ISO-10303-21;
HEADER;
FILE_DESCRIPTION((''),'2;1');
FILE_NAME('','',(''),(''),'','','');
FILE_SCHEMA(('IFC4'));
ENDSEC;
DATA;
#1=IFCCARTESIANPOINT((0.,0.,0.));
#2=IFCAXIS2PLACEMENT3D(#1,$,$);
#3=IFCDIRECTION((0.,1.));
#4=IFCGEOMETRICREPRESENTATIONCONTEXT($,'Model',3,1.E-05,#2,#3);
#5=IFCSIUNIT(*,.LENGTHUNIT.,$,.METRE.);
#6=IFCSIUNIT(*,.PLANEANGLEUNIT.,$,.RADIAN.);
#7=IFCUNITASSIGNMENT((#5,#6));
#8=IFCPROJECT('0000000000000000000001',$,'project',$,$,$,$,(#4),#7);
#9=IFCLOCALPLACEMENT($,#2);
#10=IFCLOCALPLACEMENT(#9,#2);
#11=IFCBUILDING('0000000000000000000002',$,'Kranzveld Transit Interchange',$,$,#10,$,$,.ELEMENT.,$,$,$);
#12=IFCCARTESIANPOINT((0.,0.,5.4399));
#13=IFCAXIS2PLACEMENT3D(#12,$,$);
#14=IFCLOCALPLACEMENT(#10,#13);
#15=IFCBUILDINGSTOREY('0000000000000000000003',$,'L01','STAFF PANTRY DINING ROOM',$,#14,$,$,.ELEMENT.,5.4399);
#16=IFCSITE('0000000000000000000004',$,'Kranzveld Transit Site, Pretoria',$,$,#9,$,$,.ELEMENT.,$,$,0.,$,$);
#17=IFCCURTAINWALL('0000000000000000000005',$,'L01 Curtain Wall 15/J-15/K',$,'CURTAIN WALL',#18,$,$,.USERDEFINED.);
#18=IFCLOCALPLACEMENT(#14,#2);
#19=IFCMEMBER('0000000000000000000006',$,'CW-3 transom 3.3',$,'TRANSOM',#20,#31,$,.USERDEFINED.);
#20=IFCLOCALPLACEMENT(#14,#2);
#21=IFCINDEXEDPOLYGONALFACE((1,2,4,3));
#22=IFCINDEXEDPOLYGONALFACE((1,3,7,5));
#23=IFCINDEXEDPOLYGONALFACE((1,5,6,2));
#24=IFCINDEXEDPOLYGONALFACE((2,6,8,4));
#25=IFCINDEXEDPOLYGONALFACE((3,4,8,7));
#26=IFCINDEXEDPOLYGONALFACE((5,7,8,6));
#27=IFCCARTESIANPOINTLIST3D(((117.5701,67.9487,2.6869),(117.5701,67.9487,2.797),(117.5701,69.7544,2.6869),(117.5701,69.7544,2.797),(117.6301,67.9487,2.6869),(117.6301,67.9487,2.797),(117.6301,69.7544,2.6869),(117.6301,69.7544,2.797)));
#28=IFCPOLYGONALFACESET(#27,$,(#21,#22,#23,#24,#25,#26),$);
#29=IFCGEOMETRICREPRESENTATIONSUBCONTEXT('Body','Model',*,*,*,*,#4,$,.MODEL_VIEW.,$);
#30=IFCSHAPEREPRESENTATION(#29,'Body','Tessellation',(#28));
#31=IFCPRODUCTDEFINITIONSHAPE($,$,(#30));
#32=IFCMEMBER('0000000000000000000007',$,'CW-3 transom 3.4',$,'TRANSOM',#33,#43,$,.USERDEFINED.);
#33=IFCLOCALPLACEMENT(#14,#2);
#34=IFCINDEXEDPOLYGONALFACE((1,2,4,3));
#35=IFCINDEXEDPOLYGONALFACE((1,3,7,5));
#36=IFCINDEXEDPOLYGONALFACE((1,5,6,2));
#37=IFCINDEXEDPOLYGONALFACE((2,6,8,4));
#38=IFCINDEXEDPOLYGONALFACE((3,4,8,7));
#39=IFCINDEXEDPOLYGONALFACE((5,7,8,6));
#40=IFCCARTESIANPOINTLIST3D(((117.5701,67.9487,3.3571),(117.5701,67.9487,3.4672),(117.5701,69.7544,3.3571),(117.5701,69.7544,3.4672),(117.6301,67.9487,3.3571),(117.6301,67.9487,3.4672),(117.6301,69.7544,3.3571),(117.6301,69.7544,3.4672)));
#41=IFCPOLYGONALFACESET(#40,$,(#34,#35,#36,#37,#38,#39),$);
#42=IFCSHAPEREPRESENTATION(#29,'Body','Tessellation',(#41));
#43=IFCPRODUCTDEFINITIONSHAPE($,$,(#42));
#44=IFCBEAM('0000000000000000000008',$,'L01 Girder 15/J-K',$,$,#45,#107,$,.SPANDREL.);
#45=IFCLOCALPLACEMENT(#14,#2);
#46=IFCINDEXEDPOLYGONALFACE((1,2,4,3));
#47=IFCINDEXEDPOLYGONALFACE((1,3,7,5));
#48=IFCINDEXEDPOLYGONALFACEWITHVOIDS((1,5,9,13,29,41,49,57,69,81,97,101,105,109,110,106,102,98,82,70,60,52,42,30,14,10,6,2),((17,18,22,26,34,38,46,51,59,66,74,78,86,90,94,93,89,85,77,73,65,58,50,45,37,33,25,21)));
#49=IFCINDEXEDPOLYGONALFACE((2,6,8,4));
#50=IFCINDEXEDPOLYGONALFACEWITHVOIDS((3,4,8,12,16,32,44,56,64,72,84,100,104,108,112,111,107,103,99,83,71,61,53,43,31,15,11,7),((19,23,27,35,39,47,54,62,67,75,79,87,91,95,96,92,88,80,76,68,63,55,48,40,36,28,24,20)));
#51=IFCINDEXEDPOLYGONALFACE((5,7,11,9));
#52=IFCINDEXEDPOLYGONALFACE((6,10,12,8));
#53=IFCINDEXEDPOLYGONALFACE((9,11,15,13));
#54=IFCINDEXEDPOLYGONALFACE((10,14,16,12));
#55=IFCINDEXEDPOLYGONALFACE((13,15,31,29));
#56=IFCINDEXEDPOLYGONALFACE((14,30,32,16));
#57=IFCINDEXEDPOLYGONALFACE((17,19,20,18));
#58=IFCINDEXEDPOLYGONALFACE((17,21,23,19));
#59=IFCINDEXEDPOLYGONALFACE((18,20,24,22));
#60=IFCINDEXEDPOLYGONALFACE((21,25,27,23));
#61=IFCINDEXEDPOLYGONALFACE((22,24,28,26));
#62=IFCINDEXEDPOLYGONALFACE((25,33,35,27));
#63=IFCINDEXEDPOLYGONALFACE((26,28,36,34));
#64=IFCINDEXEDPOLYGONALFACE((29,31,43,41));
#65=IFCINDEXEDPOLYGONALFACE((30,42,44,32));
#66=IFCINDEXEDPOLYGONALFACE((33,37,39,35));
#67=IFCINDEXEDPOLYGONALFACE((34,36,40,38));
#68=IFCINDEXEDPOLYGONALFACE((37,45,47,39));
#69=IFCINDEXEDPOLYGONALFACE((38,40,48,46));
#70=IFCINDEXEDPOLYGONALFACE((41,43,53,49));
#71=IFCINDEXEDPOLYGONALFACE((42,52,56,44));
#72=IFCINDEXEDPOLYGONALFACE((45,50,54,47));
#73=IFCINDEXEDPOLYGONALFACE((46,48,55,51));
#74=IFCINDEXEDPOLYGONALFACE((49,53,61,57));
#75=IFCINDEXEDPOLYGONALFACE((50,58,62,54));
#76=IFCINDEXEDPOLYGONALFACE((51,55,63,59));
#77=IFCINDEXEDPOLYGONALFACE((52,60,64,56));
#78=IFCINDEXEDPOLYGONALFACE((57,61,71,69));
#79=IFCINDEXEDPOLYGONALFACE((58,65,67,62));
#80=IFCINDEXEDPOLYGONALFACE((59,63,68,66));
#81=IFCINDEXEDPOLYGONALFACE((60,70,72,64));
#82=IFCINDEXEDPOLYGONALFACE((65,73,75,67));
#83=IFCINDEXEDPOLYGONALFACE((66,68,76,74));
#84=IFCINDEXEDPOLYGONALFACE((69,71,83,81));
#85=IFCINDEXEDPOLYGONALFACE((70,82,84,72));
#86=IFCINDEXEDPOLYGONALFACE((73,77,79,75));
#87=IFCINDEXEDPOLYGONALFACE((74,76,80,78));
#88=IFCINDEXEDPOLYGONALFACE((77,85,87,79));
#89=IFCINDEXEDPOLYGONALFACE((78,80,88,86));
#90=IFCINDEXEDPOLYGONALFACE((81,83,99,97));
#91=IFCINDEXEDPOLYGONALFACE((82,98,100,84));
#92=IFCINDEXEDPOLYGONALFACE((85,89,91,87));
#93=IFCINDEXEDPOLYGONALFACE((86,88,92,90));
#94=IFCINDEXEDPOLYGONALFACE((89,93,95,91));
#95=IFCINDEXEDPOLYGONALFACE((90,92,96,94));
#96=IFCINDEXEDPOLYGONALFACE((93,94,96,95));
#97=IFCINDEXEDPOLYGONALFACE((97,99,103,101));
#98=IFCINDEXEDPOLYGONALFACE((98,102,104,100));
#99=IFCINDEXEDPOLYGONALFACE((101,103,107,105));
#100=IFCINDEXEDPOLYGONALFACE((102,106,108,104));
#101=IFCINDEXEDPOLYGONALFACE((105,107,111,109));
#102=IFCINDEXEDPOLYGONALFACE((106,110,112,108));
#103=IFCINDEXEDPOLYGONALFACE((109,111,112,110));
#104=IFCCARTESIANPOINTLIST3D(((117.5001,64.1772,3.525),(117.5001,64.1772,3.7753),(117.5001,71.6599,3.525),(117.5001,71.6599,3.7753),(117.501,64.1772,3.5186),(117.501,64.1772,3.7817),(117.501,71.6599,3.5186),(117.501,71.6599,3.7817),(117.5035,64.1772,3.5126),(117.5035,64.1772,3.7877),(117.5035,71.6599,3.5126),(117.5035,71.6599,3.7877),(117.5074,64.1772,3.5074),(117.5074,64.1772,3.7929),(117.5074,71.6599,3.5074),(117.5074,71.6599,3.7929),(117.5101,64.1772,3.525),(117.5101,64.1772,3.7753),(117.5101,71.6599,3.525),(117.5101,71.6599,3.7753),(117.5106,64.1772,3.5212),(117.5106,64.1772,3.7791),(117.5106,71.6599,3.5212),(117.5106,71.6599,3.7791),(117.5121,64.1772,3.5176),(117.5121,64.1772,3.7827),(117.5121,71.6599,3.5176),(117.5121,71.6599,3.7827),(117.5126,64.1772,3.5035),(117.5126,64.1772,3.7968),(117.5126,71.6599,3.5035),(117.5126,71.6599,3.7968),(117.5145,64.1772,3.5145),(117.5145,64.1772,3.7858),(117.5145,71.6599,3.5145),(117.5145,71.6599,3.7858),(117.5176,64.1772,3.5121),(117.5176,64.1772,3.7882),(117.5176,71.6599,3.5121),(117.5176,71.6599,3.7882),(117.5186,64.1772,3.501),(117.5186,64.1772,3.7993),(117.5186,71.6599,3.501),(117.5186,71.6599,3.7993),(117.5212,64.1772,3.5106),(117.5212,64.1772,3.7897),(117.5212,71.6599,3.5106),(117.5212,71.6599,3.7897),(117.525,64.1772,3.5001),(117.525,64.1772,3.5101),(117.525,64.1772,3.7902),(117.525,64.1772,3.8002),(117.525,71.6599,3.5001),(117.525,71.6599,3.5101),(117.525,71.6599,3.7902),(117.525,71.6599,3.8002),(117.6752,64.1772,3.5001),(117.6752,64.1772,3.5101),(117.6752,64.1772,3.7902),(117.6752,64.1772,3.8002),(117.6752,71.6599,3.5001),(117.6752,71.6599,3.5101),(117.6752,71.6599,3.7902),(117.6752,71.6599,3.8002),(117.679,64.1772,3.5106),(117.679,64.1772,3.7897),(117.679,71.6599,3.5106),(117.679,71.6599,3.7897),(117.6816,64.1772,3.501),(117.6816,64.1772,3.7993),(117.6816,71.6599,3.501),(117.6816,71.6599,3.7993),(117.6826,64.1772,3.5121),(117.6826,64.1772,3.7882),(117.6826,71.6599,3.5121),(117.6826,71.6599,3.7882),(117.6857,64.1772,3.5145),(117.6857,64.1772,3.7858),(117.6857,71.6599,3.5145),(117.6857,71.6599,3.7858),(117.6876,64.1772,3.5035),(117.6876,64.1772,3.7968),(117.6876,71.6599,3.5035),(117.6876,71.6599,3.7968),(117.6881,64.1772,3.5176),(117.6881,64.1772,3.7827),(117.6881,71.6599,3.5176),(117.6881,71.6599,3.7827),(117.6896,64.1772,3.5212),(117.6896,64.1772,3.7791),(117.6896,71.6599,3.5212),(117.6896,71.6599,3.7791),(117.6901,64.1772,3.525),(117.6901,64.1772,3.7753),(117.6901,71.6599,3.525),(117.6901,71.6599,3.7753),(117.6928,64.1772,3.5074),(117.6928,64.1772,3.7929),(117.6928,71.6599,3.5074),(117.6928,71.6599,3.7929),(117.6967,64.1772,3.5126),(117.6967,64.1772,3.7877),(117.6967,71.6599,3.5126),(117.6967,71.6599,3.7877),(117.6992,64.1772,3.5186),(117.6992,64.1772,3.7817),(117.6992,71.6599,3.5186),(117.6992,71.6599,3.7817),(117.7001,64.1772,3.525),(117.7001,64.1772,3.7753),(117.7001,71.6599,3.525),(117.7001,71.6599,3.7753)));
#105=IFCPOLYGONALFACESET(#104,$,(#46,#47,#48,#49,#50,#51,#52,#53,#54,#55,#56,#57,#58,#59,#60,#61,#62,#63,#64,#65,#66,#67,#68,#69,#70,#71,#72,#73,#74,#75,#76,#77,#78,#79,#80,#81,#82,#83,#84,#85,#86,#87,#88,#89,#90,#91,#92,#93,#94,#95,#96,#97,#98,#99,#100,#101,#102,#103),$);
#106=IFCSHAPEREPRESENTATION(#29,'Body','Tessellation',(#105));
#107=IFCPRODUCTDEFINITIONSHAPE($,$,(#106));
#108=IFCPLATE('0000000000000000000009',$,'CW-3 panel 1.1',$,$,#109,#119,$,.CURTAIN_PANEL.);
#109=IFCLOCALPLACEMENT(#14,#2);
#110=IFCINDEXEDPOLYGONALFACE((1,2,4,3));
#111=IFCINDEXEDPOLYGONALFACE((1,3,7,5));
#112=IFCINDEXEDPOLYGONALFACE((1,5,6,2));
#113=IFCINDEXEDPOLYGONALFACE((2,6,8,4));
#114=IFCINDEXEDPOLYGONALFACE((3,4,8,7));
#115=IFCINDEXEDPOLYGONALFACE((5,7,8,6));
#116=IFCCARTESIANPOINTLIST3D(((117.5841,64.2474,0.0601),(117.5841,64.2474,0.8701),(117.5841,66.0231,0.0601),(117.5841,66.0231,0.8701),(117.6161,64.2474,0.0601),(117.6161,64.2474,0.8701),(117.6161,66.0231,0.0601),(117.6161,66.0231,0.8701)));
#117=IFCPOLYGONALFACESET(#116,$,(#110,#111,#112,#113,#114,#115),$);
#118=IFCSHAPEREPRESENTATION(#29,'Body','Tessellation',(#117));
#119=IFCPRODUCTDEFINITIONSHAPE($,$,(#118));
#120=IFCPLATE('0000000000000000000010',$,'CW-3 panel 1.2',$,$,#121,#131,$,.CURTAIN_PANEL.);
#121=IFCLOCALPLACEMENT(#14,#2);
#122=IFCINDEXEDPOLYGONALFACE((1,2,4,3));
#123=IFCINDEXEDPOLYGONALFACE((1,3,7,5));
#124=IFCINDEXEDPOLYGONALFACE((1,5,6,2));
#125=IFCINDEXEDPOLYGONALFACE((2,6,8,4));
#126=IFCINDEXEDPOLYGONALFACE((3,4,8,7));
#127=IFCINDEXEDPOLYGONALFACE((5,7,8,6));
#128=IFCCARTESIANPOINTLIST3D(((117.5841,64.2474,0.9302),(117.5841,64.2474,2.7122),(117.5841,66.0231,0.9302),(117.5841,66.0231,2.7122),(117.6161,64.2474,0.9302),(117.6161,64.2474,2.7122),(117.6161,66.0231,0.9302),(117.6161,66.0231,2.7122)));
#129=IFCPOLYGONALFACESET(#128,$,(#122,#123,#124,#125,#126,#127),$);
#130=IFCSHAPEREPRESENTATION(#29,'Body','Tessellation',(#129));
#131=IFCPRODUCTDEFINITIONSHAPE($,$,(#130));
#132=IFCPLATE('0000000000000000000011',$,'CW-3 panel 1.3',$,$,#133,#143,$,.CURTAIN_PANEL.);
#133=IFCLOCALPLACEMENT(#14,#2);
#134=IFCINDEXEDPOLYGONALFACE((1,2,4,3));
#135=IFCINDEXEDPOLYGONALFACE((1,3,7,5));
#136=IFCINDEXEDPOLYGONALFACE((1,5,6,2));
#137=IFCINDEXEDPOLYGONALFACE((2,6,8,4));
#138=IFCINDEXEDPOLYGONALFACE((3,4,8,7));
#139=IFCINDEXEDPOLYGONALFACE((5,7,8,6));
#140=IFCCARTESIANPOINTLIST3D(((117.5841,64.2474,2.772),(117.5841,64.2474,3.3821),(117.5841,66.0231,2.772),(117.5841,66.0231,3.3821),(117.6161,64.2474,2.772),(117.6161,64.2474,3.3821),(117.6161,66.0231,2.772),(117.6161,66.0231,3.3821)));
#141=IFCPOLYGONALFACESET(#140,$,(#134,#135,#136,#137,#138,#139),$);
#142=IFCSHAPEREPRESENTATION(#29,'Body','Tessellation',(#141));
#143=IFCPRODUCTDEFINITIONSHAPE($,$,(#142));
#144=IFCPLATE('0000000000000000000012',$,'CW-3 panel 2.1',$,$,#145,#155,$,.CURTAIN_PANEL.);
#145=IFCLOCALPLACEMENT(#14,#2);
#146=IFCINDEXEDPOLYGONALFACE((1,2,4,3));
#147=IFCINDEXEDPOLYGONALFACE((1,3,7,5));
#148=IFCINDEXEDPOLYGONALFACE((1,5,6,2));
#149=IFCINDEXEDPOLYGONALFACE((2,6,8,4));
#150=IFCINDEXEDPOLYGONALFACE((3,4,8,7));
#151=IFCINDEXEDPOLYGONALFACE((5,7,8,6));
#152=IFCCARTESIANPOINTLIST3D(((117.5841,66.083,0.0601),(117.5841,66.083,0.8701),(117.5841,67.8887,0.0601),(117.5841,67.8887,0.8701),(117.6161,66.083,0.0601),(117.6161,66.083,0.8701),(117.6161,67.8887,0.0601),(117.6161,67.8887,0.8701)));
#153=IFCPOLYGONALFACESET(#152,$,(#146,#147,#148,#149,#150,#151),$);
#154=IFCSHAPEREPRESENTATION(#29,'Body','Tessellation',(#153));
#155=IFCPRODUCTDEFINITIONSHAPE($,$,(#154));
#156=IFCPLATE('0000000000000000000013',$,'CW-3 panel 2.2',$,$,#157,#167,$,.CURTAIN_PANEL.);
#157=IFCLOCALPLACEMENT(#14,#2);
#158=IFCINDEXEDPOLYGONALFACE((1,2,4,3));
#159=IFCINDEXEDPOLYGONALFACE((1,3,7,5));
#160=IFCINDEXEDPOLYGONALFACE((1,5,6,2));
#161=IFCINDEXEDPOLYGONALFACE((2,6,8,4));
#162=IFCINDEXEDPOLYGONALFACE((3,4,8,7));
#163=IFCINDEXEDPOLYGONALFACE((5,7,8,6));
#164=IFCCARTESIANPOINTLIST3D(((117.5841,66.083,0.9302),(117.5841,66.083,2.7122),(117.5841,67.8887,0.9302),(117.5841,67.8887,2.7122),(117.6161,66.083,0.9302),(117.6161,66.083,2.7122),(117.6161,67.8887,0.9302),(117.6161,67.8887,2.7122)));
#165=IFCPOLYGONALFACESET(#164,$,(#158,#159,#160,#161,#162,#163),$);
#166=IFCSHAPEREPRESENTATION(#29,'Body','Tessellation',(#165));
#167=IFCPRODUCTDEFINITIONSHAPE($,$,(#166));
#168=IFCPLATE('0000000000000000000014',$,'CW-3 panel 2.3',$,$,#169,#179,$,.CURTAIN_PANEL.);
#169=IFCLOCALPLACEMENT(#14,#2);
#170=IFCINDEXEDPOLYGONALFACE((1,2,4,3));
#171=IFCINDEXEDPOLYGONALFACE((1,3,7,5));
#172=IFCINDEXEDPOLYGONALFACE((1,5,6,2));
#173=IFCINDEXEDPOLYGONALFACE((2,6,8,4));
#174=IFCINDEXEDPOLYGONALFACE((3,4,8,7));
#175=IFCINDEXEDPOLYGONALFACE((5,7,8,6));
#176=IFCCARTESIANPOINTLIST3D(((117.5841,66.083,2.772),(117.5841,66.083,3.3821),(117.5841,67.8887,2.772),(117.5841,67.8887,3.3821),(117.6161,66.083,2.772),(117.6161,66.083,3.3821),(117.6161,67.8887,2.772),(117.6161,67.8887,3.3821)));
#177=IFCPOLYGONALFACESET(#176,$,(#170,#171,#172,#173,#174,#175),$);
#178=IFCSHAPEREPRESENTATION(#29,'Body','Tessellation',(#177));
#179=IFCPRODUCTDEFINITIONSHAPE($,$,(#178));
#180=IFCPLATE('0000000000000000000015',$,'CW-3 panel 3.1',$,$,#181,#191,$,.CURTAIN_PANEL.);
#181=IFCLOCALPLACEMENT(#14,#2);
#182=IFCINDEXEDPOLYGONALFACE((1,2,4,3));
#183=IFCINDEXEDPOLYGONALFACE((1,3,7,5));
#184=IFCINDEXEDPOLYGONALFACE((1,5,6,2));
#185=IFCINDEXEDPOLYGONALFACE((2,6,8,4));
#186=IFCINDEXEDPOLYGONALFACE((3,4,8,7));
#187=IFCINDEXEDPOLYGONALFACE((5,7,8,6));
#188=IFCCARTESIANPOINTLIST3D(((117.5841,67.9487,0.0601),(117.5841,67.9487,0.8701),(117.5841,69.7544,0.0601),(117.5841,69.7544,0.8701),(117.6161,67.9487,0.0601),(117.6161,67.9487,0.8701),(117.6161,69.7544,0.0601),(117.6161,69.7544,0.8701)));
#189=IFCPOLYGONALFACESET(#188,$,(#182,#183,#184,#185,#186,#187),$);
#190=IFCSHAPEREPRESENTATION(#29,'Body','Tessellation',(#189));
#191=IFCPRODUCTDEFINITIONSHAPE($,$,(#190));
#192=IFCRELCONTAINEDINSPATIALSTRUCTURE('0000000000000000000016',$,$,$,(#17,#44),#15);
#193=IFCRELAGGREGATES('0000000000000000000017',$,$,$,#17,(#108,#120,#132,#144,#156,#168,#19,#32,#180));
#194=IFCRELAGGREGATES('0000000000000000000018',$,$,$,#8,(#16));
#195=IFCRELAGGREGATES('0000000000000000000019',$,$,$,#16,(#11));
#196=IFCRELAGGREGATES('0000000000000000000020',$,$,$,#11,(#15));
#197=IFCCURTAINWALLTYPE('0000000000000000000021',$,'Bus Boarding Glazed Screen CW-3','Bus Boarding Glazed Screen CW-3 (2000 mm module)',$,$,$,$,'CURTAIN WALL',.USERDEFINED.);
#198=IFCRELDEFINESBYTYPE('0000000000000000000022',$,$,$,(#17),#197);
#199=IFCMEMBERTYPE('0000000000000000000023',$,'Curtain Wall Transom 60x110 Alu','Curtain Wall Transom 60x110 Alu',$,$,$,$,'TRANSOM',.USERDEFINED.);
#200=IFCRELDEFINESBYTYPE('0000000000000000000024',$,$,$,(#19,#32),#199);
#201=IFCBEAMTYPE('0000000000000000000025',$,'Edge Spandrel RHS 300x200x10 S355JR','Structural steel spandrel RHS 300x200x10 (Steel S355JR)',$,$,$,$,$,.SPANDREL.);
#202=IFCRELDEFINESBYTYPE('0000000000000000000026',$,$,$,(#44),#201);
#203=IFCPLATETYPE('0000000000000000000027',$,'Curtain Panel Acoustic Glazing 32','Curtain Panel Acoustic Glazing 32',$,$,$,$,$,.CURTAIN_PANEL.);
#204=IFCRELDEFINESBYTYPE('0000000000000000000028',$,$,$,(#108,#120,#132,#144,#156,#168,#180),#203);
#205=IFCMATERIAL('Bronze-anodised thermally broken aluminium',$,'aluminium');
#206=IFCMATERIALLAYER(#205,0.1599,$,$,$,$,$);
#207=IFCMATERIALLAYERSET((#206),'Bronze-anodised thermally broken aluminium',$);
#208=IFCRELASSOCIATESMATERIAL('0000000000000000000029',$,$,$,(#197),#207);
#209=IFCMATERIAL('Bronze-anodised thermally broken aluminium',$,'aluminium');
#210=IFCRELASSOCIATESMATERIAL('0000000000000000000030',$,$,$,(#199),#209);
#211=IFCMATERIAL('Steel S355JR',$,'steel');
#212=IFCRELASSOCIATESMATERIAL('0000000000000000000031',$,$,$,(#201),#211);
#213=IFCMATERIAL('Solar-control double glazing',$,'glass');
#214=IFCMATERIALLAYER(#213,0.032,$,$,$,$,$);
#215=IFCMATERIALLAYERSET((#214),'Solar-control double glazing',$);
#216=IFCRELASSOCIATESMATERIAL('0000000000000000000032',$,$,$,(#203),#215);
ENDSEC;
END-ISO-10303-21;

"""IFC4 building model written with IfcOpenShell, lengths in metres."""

from ifc_helpers import new_model, si_unit, direction, frame, origin, origin_2d, place, context, subcontext, project, spatial, rectangle, hollow_rectangle, extrude, material, layer, layer_set, material_profile, profile_set, type_object, element, aggregate, save


model = new_model("IFC4")

# Units and contexts
model_context = context("Model", 3, precision=1e-05, world=origin(), true_north=direction((0.0, 1.0)))
body_context = subcontext(model_context, "Body", "Model", "MODEL_VIEW")
ifc_project = project(units=[si_unit("LENGTHUNIT", "METRE"), si_unit("PLANEANGLEUNIT", "RADIAN")], contexts=[model_context])

# Site, building, storey
site_placement = place(None, origin())
site = spatial("IfcSite", under=ifc_project, at=site_placement, Name="Kranzveld Transit Site, Pretoria", CompositionType="ELEMENT", RefElevation=0.0)
building_placement = place(site_placement, origin())
building = spatial("IfcBuilding", under=site, at=building_placement, Name="Kranzveld Transit Interchange", CompositionType="ELEMENT")
storey_placement = place(building_placement, frame((0.0, 0.0, 5.4399)))
storey = spatial("IfcBuildingStorey", under=building, at=storey_placement, Name="L01", Description="STAFF PANTRY DINING ROOM", CompositionType="ELEMENT", Elevation=5.4399)

# Curtain wall, members
ifc_material_1 = material(Name="Bronze-anodised thermally broken aluminium", Category="aluminium")
ifc_layer_1 = layer(ifc_material_1, 0.1599)
ifc_layer_set_1 = layer_set([ifc_layer_1], Name="Bronze-anodised thermally broken aluminium")
curtain_wall_type = type_object("IfcCurtainWallType", Name="Bus Boarding Glazed Screen CW-3", Description="Bus Boarding Glazed Screen CW-3 (2000 mm module)", ElementType="CURTAIN WALL", PredefinedType="USERDEFINED", material=ifc_layer_set_1)
curtain_wall_placement = place(storey_placement, origin())
curtain_wall = element("IfcCurtainWall", 1, at=curtain_wall_placement, inside=storey, type_object=curtain_wall_type, Name="L01 Curtain Wall 15/J-15/K", ObjectType="CURTAIN WALL", PredefinedType="USERDEFINED")
ifc_material_2 = material(Name="Bronze-anodised thermally broken aluminium", Category="aluminium")
ifc_material_profile_1 = material_profile(ifc_material_2, rectangle(XDim=0.0601, YDim=0.1101, at=origin_2d()), Name="ALU TRANSOM 60x110")
ifc_profile_set_1 = profile_set([ifc_material_profile_1], Name="Bronze-anodised thermally broken aluminium")
member_type_1 = type_object("IfcMemberType", Name="Curtain Wall Transom 60x110 Alu", Description="Curtain Wall Transom 60x110 Alu", ElementType="TRANSOM", PredefinedType="USERDEFINED", material=ifc_profile_set_1)
member_1_placement = place(storey_placement, frame((117.6001, 67.9487, 2.7419), z_axis=(0.0, 1.0, 0.0), x_axis=(-1.0, 0.0, 0.0)))
member_1 = element("IfcMember", 2, at=member_1_placement, type_object=member_type_1, Name="CW-3 transom 3.3", ObjectType="TRANSOM", PredefinedType="USERDEFINED", context=body_context, shape_type="SweptSolid", body=[
    extrude(rectangle(XDim=0.0601, YDim=0.1101, at=origin_2d()), origin(), (0.0, 0.0, 1.0), 1.8057),
])
member_2_placement = place(storey_placement, frame((117.6001, 67.9487, 3.4121), z_axis=(0.0, 1.0, 0.0), x_axis=(-1.0, 0.0, 0.0)))
member_2 = element("IfcMember", 3, at=member_2_placement, type_object=member_type_1, Name="CW-3 transom 3.4", ObjectType="TRANSOM", PredefinedType="USERDEFINED", context=body_context, shape_type="SweptSolid", body=[
    extrude(rectangle(XDim=0.0601, YDim=0.1101, at=origin_2d()), origin(), (0.0, 0.0, 1.0), 1.8057),
])

# Beam
ifc_material_3 = material(Name="Steel S355JR", Category="steel")
ifc_material_profile_2 = material_profile(ifc_material_3, hollow_rectangle(XDim=0.2, YDim=0.3, WallThickness=0.01, InnerFilletRadius=0.0149, OuterFilletRadius=0.0249, at=origin_2d()), Name="RHS 300x200x10")
ifc_profile_set_2 = profile_set([ifc_material_profile_2], Name="Steel S355JR")
beam_type = type_object("IfcBeamType", Name="Edge Spandrel RHS 300x200x10 S355JR", Description="Structural steel spandrel RHS 300x200x10 (Steel S355JR)", PredefinedType="SPANDREL", material=ifc_profile_set_2)
beam_placement = place(storey_placement, frame((117.6001, 64.1772, 3.6501), z_axis=(0.0, 1.0, 0.0), x_axis=(-1.0, 0.0, 0.0)))
element("IfcBeam", 4, at=beam_placement, inside=storey, type_object=beam_type, Name="L01 Girder 15/J-K", PredefinedType="SPANDREL", context=body_context, shape_type="SweptSolid", body=[
    extrude(hollow_rectangle(XDim=0.2, YDim=0.3, WallThickness=0.01, InnerFilletRadius=0.0149, OuterFilletRadius=0.0249, at=origin_2d()), origin(), (0.0, 0.0, 1.0), 7.4827),
])

# Plates
ifc_material_4 = material(Name="Solar-control double glazing", Category="glass")
ifc_layer_2 = layer(ifc_material_4, 0.032)
ifc_layer_set_2 = layer_set([ifc_layer_2], Name="Solar-control double glazing")
plate_type = type_object("IfcPlateType", Name="Curtain Panel Acoustic Glazing 32", Description="Curtain Panel Acoustic Glazing 32", PredefinedType="CURTAIN_PANEL", material=ifc_layer_set_2)
plate_1_placement = place(storey_placement, frame((117.6001, 65.1353, 0.0601), z_axis=(0.0, 0.0, 1.0), x_axis=(0.0, 1.0, 0.0)))
plate_1 = element("IfcPlate", 5, at=plate_1_placement, type_object=plate_type, Name="CW-3 panel 1.1", PredefinedType="CURTAIN_PANEL", context=body_context, shape_type="SweptSolid", body=[
    extrude(rectangle(XDim=1.7756, YDim=0.032, at=origin_2d()), origin(), (0.0, 0.0, 1.0), 0.8101),
])
plate_2_placement = place(storey_placement, frame((117.6001, 65.1353, 0.9302), z_axis=(0.0, 0.0, 1.0), x_axis=(0.0, 1.0, 0.0)))
plate_2 = element("IfcPlate", 6, at=plate_2_placement, type_object=plate_type, Name="CW-3 panel 1.2", PredefinedType="CURTAIN_PANEL", context=body_context, shape_type="SweptSolid", body=[
    extrude(rectangle(XDim=1.7756, YDim=0.032, at=origin_2d()), origin(), (0.0, 0.0, 1.0), 1.782),
])
plate_3_placement = place(storey_placement, frame((117.6001, 65.1353, 2.772), z_axis=(0.0, 0.0, 1.0), x_axis=(0.0, 1.0, 0.0)))
plate_3 = element("IfcPlate", 7, at=plate_3_placement, type_object=plate_type, Name="CW-3 panel 1.3", PredefinedType="CURTAIN_PANEL", context=body_context, shape_type="SweptSolid", body=[
    extrude(rectangle(XDim=1.7756, YDim=0.032, at=origin_2d()), origin(), (0.0, 0.0, 1.0), 0.6101),
])
plate_4_placement = place(storey_placement, frame((117.6001, 66.9858, 0.0601), z_axis=(0.0, 0.0, 1.0), x_axis=(0.0, 1.0, 0.0)))
plate_4 = element("IfcPlate", 8, at=plate_4_placement, type_object=plate_type, Name="CW-3 panel 2.1", PredefinedType="CURTAIN_PANEL", context=body_context, shape_type="SweptSolid", body=[
    extrude(rectangle(XDim=1.8057, YDim=0.032, at=origin_2d()), origin(), (0.0, 0.0, 1.0), 0.8101),
])
plate_5_placement = place(storey_placement, frame((117.6001, 66.9858, 0.9302), z_axis=(0.0, 0.0, 1.0), x_axis=(0.0, 1.0, 0.0)))
plate_5 = element("IfcPlate", 9, at=plate_5_placement, type_object=plate_type, Name="CW-3 panel 2.2", PredefinedType="CURTAIN_PANEL", context=body_context, shape_type="SweptSolid", body=[
    extrude(rectangle(XDim=1.8057, YDim=0.032, at=origin_2d()), origin(), (0.0, 0.0, 1.0), 1.782),
])
plate_6_placement = place(storey_placement, frame((117.6001, 66.9858, 2.772), z_axis=(0.0, 0.0, 1.0), x_axis=(0.0, 1.0, 0.0)))
plate_6 = element("IfcPlate", 10, at=plate_6_placement, type_object=plate_type, Name="CW-3 panel 2.3", PredefinedType="CURTAIN_PANEL", context=body_context, shape_type="SweptSolid", body=[
    extrude(rectangle(XDim=1.8057, YDim=0.032, at=origin_2d()), origin(), (0.0, 0.0, 1.0), 0.6101),
])
plate_7_placement = place(storey_placement, frame((117.6001, 68.8516, 0.0601), z_axis=(0.0, 0.0, 1.0), x_axis=(0.0, 1.0, 0.0)))
plate_7 = element("IfcPlate", 11, at=plate_7_placement, type_object=plate_type, Name="CW-3 panel 3.1", PredefinedType="CURTAIN_PANEL", context=body_context, shape_type="SweptSolid", body=[
    extrude(rectangle(XDim=1.8057, YDim=0.032, at=origin_2d()), origin(), (0.0, 0.0, 1.0), 0.8101),
])
aggregate(curtain_wall, [plate_1, plate_2, plate_3, plate_4, plate_5, plate_6, member_1, member_2, plate_7])

save(model, "model.ifc")
